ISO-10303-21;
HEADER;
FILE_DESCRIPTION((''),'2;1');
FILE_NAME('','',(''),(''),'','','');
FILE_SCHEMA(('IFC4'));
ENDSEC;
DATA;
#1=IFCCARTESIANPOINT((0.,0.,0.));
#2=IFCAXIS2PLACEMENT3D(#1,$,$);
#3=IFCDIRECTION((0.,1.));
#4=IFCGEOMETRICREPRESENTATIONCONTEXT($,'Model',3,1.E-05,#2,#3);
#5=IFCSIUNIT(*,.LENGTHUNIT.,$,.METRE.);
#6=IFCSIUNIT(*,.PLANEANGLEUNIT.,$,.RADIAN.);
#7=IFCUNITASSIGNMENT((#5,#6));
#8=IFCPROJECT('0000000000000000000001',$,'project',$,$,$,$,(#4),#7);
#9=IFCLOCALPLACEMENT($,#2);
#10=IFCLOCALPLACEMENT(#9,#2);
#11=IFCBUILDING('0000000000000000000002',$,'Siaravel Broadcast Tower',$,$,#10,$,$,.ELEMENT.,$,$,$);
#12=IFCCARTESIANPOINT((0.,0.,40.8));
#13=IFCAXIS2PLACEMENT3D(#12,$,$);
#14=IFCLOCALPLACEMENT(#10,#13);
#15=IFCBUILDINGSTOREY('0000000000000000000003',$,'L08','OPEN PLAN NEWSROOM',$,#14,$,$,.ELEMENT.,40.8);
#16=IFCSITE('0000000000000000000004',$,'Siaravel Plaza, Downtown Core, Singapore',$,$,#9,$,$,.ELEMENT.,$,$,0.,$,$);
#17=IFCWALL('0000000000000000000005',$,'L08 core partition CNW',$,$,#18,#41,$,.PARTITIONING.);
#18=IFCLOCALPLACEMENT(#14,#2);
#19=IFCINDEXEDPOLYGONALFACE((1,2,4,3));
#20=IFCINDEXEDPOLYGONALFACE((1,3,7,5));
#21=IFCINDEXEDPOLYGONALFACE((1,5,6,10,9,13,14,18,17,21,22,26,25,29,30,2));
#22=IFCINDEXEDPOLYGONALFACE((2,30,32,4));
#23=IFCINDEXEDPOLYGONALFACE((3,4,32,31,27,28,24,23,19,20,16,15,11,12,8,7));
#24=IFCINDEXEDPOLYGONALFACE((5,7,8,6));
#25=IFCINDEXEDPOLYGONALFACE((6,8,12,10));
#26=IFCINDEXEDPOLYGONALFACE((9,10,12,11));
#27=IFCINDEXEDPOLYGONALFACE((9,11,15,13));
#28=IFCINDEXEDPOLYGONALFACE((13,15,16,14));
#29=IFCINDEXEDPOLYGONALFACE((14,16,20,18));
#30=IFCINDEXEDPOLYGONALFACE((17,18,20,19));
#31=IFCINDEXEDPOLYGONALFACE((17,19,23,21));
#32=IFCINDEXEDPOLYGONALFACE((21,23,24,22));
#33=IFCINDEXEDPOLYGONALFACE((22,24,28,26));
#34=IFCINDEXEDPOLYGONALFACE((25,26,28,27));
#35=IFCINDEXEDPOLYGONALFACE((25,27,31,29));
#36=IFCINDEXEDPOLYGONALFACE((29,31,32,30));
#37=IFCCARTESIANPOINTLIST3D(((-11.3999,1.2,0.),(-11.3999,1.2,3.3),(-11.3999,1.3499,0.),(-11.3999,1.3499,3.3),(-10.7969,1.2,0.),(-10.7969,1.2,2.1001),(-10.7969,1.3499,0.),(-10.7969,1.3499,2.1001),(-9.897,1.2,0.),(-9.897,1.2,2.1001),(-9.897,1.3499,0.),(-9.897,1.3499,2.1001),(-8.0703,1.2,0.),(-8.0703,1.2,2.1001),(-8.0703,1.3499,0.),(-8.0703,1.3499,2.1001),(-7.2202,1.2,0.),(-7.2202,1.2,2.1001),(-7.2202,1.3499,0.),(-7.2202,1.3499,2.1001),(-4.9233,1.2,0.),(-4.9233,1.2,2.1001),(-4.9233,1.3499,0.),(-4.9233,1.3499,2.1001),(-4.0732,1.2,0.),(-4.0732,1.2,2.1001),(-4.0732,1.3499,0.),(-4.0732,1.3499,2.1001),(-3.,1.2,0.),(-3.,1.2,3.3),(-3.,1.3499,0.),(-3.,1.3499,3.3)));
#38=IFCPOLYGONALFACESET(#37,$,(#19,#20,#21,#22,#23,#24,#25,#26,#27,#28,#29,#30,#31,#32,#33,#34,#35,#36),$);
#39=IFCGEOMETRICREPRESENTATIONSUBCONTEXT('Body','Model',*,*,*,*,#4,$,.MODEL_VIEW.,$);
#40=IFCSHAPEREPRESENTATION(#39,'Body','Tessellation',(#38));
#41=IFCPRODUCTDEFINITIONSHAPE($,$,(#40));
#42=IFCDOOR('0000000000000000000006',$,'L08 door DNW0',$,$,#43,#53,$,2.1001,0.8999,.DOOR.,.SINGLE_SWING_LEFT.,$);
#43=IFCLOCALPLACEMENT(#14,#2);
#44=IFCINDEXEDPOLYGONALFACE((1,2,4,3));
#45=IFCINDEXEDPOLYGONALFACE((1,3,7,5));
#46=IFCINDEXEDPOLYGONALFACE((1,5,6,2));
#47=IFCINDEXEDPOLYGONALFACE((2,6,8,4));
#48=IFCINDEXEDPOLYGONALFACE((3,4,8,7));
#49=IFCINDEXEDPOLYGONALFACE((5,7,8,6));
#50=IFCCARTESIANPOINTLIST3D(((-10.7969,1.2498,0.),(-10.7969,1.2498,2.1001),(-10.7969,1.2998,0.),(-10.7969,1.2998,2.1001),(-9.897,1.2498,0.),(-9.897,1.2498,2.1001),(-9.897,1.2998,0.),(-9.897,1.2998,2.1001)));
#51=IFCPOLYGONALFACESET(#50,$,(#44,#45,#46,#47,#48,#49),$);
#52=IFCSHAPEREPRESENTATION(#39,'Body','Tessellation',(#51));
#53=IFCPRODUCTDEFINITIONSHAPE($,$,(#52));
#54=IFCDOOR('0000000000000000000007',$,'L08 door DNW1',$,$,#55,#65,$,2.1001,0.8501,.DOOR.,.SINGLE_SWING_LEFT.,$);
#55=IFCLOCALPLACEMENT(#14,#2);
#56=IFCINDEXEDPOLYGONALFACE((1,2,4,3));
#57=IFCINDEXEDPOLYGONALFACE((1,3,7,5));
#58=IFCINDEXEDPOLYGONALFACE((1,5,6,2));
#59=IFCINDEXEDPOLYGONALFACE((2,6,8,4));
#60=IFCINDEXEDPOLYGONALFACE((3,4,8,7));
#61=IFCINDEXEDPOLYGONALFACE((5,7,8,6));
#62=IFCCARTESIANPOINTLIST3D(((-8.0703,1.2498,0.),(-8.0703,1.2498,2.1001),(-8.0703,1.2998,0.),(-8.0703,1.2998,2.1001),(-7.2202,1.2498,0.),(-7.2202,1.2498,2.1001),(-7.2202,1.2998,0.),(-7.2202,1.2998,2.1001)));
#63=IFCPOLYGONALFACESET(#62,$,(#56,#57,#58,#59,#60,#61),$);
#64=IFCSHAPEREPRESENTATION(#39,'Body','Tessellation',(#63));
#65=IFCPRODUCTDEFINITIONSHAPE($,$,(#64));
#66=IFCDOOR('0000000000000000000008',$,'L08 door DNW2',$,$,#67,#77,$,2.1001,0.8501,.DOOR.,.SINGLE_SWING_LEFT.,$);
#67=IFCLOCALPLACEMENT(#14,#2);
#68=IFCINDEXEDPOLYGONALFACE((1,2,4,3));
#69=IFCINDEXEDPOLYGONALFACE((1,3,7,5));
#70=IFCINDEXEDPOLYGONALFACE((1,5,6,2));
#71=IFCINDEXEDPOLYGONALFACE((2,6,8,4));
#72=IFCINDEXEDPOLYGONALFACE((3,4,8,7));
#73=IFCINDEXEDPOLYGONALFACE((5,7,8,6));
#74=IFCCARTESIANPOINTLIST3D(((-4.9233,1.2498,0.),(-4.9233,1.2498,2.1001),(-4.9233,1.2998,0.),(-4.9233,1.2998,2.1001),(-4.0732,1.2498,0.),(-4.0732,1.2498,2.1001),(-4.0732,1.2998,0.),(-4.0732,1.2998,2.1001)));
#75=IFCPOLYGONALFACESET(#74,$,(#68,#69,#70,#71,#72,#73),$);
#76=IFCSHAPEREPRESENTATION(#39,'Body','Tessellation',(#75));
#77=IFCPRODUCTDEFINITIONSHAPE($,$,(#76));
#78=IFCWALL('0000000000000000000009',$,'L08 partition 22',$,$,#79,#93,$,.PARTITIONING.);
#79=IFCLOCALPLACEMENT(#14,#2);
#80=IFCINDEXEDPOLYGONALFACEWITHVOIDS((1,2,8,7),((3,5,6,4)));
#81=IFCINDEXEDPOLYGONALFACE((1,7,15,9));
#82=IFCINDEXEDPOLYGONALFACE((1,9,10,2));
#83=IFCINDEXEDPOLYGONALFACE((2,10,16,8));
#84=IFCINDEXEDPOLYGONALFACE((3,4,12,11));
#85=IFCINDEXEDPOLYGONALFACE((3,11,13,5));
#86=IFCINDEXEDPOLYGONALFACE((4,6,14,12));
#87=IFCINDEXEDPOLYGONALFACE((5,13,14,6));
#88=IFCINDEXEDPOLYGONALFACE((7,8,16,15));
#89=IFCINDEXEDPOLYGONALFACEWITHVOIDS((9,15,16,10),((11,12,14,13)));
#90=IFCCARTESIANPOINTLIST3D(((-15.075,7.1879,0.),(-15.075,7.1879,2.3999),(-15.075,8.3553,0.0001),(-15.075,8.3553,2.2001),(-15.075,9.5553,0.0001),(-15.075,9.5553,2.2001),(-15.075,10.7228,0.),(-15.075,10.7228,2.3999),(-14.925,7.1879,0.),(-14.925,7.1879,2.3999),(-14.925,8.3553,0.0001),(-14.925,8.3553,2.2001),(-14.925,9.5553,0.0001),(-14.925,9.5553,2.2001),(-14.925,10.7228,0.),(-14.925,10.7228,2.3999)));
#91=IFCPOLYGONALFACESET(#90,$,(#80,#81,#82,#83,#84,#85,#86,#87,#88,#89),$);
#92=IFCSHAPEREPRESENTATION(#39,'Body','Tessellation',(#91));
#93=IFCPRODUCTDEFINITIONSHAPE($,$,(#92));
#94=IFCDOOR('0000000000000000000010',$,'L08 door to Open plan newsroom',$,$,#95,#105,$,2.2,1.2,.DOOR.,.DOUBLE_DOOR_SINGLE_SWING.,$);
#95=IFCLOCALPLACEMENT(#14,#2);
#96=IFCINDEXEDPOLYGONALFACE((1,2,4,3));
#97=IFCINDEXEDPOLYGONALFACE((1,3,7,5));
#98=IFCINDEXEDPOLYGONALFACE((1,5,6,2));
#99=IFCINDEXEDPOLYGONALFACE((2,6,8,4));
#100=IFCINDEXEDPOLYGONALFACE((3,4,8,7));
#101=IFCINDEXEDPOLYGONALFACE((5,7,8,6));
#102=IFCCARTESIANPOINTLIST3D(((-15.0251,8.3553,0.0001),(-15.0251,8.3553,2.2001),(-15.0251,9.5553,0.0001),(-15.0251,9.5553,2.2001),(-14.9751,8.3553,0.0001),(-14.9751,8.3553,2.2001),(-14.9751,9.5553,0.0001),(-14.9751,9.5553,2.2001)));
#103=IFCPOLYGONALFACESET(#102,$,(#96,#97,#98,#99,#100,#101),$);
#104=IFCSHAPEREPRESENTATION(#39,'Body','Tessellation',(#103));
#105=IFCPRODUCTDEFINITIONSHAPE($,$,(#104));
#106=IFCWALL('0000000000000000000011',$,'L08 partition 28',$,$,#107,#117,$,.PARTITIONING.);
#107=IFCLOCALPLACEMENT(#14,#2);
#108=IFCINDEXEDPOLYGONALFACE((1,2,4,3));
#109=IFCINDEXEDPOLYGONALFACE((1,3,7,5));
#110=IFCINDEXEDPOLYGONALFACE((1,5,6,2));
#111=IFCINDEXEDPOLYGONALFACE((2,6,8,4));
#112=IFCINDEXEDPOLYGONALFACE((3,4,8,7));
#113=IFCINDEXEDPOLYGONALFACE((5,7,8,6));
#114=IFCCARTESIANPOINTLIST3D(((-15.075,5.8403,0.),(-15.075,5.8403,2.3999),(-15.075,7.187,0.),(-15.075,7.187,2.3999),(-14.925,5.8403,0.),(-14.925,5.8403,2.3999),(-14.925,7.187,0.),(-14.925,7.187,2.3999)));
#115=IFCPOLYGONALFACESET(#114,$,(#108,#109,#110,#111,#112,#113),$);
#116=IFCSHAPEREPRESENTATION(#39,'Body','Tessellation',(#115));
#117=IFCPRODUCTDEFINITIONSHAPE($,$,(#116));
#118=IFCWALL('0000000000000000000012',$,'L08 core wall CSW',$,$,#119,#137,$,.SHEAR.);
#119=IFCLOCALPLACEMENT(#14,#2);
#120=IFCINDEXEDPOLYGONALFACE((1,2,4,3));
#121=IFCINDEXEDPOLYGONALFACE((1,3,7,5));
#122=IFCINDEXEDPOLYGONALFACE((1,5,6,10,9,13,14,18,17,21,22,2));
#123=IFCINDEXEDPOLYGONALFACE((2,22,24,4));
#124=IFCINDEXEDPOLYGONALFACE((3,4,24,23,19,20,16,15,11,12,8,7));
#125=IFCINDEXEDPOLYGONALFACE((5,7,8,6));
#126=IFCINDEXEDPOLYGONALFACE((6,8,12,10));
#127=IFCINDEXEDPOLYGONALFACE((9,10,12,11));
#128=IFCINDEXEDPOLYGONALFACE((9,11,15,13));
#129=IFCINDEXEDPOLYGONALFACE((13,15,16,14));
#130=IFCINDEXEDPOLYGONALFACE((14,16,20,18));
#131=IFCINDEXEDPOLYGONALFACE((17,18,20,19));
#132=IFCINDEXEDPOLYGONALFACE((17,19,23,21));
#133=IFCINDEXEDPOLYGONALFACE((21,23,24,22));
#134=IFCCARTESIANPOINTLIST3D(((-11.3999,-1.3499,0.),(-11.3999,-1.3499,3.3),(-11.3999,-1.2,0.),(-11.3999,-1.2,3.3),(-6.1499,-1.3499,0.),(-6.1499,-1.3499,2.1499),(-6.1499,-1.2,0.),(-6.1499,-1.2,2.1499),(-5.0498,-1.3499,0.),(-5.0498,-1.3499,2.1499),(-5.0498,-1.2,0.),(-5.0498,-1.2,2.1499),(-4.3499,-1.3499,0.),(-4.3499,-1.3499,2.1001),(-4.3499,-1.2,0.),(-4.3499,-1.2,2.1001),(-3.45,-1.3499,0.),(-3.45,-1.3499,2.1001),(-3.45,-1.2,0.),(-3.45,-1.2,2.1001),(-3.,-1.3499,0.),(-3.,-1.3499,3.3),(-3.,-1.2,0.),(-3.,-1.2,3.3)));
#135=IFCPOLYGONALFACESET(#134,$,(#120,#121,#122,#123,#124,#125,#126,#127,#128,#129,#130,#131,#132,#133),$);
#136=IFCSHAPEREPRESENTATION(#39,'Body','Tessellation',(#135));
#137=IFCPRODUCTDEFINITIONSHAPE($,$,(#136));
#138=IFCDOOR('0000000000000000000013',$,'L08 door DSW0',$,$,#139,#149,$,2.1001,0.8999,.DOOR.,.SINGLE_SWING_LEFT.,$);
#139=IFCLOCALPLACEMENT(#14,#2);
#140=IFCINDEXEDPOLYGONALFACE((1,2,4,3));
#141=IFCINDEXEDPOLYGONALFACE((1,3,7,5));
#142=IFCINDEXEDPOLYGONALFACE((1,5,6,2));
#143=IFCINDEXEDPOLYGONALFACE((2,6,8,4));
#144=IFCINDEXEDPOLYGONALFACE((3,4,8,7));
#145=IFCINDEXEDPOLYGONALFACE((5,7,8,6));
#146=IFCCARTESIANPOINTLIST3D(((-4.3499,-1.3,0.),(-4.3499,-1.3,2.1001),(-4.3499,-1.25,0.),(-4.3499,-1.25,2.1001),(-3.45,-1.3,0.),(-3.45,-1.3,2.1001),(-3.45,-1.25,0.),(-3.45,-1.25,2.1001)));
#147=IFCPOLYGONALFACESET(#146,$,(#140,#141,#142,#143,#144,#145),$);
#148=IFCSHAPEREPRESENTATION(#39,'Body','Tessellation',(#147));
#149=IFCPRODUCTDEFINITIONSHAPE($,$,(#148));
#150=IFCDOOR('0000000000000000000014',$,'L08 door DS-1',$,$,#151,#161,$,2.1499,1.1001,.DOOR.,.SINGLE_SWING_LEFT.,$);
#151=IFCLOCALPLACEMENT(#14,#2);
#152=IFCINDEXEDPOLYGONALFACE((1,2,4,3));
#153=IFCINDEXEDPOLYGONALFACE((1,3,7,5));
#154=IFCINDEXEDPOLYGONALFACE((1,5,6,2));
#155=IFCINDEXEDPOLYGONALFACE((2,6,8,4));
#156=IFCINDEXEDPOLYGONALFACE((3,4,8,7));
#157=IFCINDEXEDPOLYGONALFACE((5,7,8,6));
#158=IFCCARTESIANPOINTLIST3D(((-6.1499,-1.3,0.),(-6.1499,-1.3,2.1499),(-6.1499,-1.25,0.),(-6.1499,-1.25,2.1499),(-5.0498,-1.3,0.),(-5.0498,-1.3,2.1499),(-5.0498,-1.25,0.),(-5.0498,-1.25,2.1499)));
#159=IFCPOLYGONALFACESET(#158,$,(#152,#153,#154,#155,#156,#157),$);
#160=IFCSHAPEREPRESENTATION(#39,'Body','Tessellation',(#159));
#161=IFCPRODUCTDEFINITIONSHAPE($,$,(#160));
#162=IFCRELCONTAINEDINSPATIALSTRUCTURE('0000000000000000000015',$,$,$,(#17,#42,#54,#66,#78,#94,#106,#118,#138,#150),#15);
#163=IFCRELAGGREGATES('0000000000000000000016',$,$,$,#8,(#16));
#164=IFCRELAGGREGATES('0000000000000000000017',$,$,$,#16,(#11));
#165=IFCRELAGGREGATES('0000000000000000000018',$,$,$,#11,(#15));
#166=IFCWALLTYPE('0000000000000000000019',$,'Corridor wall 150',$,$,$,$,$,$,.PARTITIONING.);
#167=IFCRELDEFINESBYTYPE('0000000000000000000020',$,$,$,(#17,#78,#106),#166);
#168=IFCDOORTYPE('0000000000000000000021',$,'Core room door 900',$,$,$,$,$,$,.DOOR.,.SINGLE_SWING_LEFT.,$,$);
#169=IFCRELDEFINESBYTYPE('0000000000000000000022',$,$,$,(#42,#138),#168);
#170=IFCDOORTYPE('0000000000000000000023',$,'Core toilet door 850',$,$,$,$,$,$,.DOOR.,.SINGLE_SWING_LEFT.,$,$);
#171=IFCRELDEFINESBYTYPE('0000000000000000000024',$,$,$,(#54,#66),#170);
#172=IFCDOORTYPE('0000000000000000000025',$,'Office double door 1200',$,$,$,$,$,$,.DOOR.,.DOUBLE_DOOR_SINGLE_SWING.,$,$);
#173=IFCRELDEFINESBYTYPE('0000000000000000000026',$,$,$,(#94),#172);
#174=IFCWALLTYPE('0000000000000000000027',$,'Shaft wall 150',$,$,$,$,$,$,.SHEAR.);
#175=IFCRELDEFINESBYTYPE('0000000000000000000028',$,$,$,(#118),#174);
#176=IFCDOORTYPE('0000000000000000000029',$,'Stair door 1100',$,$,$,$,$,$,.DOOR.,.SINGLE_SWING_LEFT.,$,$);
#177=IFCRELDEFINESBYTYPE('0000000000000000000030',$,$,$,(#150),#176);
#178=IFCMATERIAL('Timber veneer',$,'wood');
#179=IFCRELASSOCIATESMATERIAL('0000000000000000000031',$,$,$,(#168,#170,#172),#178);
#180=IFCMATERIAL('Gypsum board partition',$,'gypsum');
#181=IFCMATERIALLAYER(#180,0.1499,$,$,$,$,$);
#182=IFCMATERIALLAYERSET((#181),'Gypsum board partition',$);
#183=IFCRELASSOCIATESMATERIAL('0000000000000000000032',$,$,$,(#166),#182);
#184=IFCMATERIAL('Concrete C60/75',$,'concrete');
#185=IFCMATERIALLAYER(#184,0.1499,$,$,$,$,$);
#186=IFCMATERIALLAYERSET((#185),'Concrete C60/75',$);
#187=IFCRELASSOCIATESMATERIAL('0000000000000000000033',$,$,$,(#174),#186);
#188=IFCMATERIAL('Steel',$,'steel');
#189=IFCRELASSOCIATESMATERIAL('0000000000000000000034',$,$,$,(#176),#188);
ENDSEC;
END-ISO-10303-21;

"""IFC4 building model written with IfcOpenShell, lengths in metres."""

from ifc_helpers import new_model, si_unit, direction, frame, frame_2d, origin, place, context, subcontext, project, spatial, rectangle, extrude, material, layer, layer_set, type_object, element, fill, save


model = new_model("IFC4")

# Units and contexts
model_context = context("Model", 3, precision=1e-05, world=origin(), true_north=direction((0.0, 1.0)))
body_context = subcontext(model_context, "Body", "Model", "MODEL_VIEW")
ifc_project = project(units=[si_unit("LENGTHUNIT", "METRE"), si_unit("PLANEANGLEUNIT", "RADIAN")], contexts=[model_context])

# Site, building, storey
site_placement = place(None, origin())
site = spatial("IfcSite", under=ifc_project, at=site_placement, Name="Siaravel Plaza, Downtown Core, Singapore", CompositionType="ELEMENT", RefElevation=0.0)
building_placement = place(site_placement, origin())
building = spatial("IfcBuilding", under=site, at=building_placement, Name="Siaravel Broadcast Tower", CompositionType="ELEMENT")
storey_placement = place(building_placement, frame((0.0, 0.0, 40.8)))
storey = spatial("IfcBuildingStorey", under=building, at=storey_placement, Name="L08", Description="OPEN PLAN NEWSROOM", CompositionType="ELEMENT", Elevation=40.8)

# Wall, openings, doors
ifc_material_1 = material(Name="Concrete C60/75", Category="concrete")
ifc_material_2 = material(Name="Timber veneer", Category="wood")
door_type_1 = type_object("IfcDoorType", Name="Core room door 900", OperationType="SINGLE_SWING_LEFT", PredefinedType="DOOR", material=ifc_material_2)
ifc_material_3 = material(Name="Steel", Category="steel")
ifc_material_4 = material(Name="Gypsum board partition", Category="gypsum")
ifc_layer_1 = layer(ifc_material_4, 0.1499)
ifc_layer_set_1 = layer_set([ifc_layer_1], Name="Gypsum board partition")
wall_type_1 = type_object("IfcWallType", Name="Corridor wall 150", PredefinedType="PARTITIONING", material=ifc_layer_set_1)
wall_1_placement = place(storey_placement, frame((-11.3999, 1.2749, 0.0), z_axis=(0.0, 0.0, 1.0), x_axis=(1.0, 0.0, 0.0)))
wall_1 = element("IfcWall", 1, at=wall_1_placement, inside=storey, type_object=wall_type_1, Name="L08 core partition CNW", PredefinedType="PARTITIONING", context=body_context, shape_type="SweptSolid", body=[
    extrude(rectangle(XDim=8.3999, YDim=0.1499, at=frame_2d((4.2, 0.0))), origin(), (0.0, 0.0, 1.0), 3.3),
])
opening_1_placement = place(wall_1_placement, frame((0.603, 0.0, 0.0)))
opening_1 = element("IfcOpeningElement", 2, at=opening_1_placement, cuts=wall_1, PredefinedType="OPENING", context=body_context, shape_type="SweptSolid", body=[
    extrude(rectangle(XDim=0.8999, YDim=2.1001, at=frame_2d((0.45, 1.05))), frame((0.0, 0.085, 0.0), z_axis=(0.0, -1.0, 0.0), x_axis=(1.0, 0.0, 0.0)), (0.0, 0.0, 1.0), 0.1699),
])
opening_2_placement = place(wall_1_placement, frame((3.3296, 0.0, 0.0)))
opening_2 = element("IfcOpeningElement", 3, at=opening_2_placement, cuts=wall_1, PredefinedType="OPENING", context=body_context, shape_type="SweptSolid", body=[
    extrude(rectangle(XDim=0.8501, YDim=2.1001, at=frame_2d((0.425, 1.05))), frame((0.0, 0.085, 0.0), z_axis=(0.0, -1.0, 0.0), x_axis=(1.0, 0.0, 0.0)), (0.0, 0.0, 1.0), 0.1699),
])
opening_3_placement = place(wall_1_placement, frame((6.4766, 0.0, 0.0)))
opening_3 = element("IfcOpeningElement", 4, at=opening_3_placement, cuts=wall_1, PredefinedType="OPENING", context=body_context, shape_type="SweptSolid", body=[
    extrude(rectangle(XDim=0.8501, YDim=2.1001, at=frame_2d((0.425, 1.05))), frame((0.0, 0.085, 0.0), z_axis=(0.0, -1.0, 0.0), x_axis=(1.0, 0.0, 0.0)), (0.0, 0.0, 1.0), 0.1699),
])
door_1_placement = place(opening_1_placement, origin())
door_1 = element("IfcDoor", 5, at=door_1_placement, inside=storey, type_object=door_type_1, Name="L08 door DNW0", OperationType="SINGLE_SWING_LEFT", OverallHeight=2.1001, OverallWidth=0.8999, PredefinedType="DOOR", context=body_context, shape_type="SweptSolid", body=[
    extrude(rectangle(XDim=0.8999, YDim=2.1001, at=frame_2d((0.45, 1.05))), frame((0.0, 0.0249, 0.0), z_axis=(0.0, -1.0, 0.0), x_axis=(1.0, 0.0, 0.0)), (0.0, 0.0, 1.0), 0.05),
])
fill(opening_1, door_1)
door_type_2 = type_object("IfcDoorType", Name="Core toilet door 850", OperationType="SINGLE_SWING_LEFT", PredefinedType="DOOR", material=ifc_material_2)
door_2_placement = place(opening_2_placement, origin())
door_2 = element("IfcDoor", 6, at=door_2_placement, inside=storey, type_object=door_type_2, Name="L08 door DNW1", OperationType="SINGLE_SWING_LEFT", OverallHeight=2.1001, OverallWidth=0.8501, PredefinedType="DOOR", context=body_context, shape_type="SweptSolid", body=[
    extrude(rectangle(XDim=0.8501, YDim=2.1001, at=frame_2d((0.425, 1.05))), frame((0.0, 0.0249, 0.0), z_axis=(0.0, -1.0, 0.0), x_axis=(1.0, 0.0, 0.0)), (0.0, 0.0, 1.0), 0.05),
])
fill(opening_2, door_2)
door_3_placement = place(opening_3_placement, origin())
door_3 = element("IfcDoor", 7, at=door_3_placement, inside=storey, type_object=door_type_2, Name="L08 door DNW2", OperationType="SINGLE_SWING_LEFT", OverallHeight=2.1001, OverallWidth=0.8501, PredefinedType="DOOR", context=body_context, shape_type="SweptSolid", body=[
    extrude(rectangle(XDim=0.8501, YDim=2.1001, at=frame_2d((0.425, 1.05))), frame((0.0, 0.0249, 0.0), z_axis=(0.0, -1.0, 0.0), x_axis=(1.0, 0.0, 0.0)), (0.0, 0.0, 1.0), 0.05),
])
fill(opening_3, door_3)

# Wall, opening, door
wall_2_placement = place(storey_placement, frame((-15.0, 10.7229, 0.0), z_axis=(0.0, 0.0, 1.0), x_axis=(0.0, -1.0, 0.0)))
wall_2 = element("IfcWall", 8, at=wall_2_placement, inside=storey, type_object=wall_type_1, Name="L08 partition 22", PredefinedType="PARTITIONING", context=body_context, shape_type="SweptSolid", body=[
    extrude(rectangle(XDim=3.5349, YDim=0.1499, at=frame_2d((1.7676, 0.0))), origin(), (0.0, 0.0, 1.0), 2.3999),
])
opening_4_placement = place(wall_2_placement, frame((1.1675, 0.0, 0.0)))
opening_4 = element("IfcOpeningElement", 9, at=opening_4_placement, cuts=wall_2, PredefinedType="OPENING", context=body_context, shape_type="SweptSolid", body=[
    extrude(rectangle(XDim=1.2, YDim=2.2, at=frame_2d((0.6001, 1.1001))), frame((0.0, 0.085, 0.0), z_axis=(0.0, -1.0, 0.0), x_axis=(1.0, 0.0, 0.0)), (0.0, 0.0, 1.0), 0.1699),
])
door_type_3 = type_object("IfcDoorType", Name="Office double door 1200", OperationType="DOUBLE_DOOR_SINGLE_SWING", PredefinedType="DOOR", material=ifc_material_2)
door_4_placement = place(opening_4_placement, origin())
door_4 = element("IfcDoor", 10, at=door_4_placement, inside=storey, type_object=door_type_3, Name="L08 door to Open plan newsroom", OperationType="DOUBLE_DOOR_SINGLE_SWING", OverallHeight=2.2, OverallWidth=1.2, PredefinedType="DOOR", context=body_context, shape_type="SweptSolid", body=[
    extrude(rectangle(XDim=1.2, YDim=2.2, at=frame_2d((0.6001, 1.1001))), frame((0.0, 0.0249, 0.0), z_axis=(0.0, -1.0, 0.0), x_axis=(1.0, 0.0, 0.0)), (0.0, 0.0, 1.0), 0.05),
])
fill(opening_4, door_4)

# Wall
wall_3_placement = place(storey_placement, frame((-15.0, 7.187, 0.0), z_axis=(0.0, 0.0, 1.0), x_axis=(0.0, -1.0, 0.0)))
element("IfcWall", 11, at=wall_3_placement, inside=storey, type_object=wall_type_1, Name="L08 partition 28", PredefinedType="PARTITIONING", context=body_context, shape_type="SweptSolid", body=[
    extrude(rectangle(XDim=1.3467, YDim=0.1499, at=frame_2d((0.6733, 0.0))), origin(), (0.0, 0.0, 1.0), 2.3999),
])

# Wall, openings, doors
ifc_layer_2 = layer(ifc_material_1, 0.1499)
ifc_layer_set_2 = layer_set([ifc_layer_2], Name="Concrete C60/75")
wall_type_2 = type_object("IfcWallType", Name="Shaft wall 150", PredefinedType="SHEAR", material=ifc_layer_set_2)
wall_4_placement = place(storey_placement, frame((-11.3999, -1.2749, 0.0), z_axis=(0.0, 0.0, 1.0), x_axis=(1.0, 0.0, 0.0)))
wall_4 = element("IfcWall", 12, at=wall_4_placement, inside=storey, type_object=wall_type_2, Name="L08 core wall CSW", PredefinedType="SHEAR", context=body_context, shape_type="SweptSolid", body=[
    extrude(rectangle(XDim=8.3999, YDim=0.1499, at=frame_2d((4.2, 0.0))), origin(), (0.0, 0.0, 1.0), 3.3),
])
opening_5_placement = place(wall_4_placement, frame((5.25, 0.0, 0.0)))
opening_5 = element("IfcOpeningElement", 13, at=opening_5_placement, cuts=wall_4, PredefinedType="OPENING", context=body_context, shape_type="SweptSolid", body=[
    extrude(rectangle(XDim=1.1001, YDim=2.1499, at=frame_2d((0.55, 1.075))), frame((0.0, 0.085, 0.0), z_axis=(0.0, -1.0, 0.0), x_axis=(1.0, 0.0, 0.0)), (0.0, 0.0, 1.0), 0.1699),
])
opening_6_placement = place(wall_4_placement, frame((7.05, 0.0, 0.0)))
opening_6 = element("IfcOpeningElement", 14, at=opening_6_placement, cuts=wall_4, PredefinedType="OPENING", context=body_context, shape_type="SweptSolid", body=[
    extrude(rectangle(XDim=0.8999, YDim=2.1001, at=frame_2d((0.45, 1.05))), frame((0.0, 0.085, 0.0), z_axis=(0.0, -1.0, 0.0), x_axis=(1.0, 0.0, 0.0)), (0.0, 0.0, 1.0), 0.1699),
])
door_5_placement = place(opening_6_placement, origin())
door_5 = element("IfcDoor", 15, at=door_5_placement, inside=storey, type_object=door_type_1, Name="L08 door DSW0", OperationType="SINGLE_SWING_LEFT", OverallHeight=2.1001, OverallWidth=0.8999, PredefinedType="DOOR", context=body_context, shape_type="SweptSolid", body=[
    extrude(rectangle(XDim=0.8999, YDim=2.1001, at=frame_2d((0.45, 1.05))), frame((0.0, 0.0249, 0.0), z_axis=(0.0, -1.0, 0.0), x_axis=(1.0, 0.0, 0.0)), (0.0, 0.0, 1.0), 0.05),
])
fill(opening_6, door_5)
door_type_4 = type_object("IfcDoorType", Name="Stair door 1100", OperationType="SINGLE_SWING_LEFT", PredefinedType="DOOR", material=ifc_material_3)
door_6_placement = place(opening_5_placement, origin())
door_6 = element("IfcDoor", 16, at=door_6_placement, inside=storey, type_object=door_type_4, Name="L08 door DS-1", OperationType="SINGLE_SWING_LEFT", OverallHeight=2.1499, OverallWidth=1.1001, PredefinedType="DOOR", context=body_context, shape_type="SweptSolid", body=[
    extrude(rectangle(XDim=1.1001, YDim=2.1499, at=frame_2d((0.55, 1.075))), frame((0.0, 0.0249, 0.0), z_axis=(0.0, -1.0, 0.0), x_axis=(1.0, 0.0, 0.0)), (0.0, 0.0, 1.0), 0.05),
])
fill(opening_5, door_6)

save(model, "model.ifc")
